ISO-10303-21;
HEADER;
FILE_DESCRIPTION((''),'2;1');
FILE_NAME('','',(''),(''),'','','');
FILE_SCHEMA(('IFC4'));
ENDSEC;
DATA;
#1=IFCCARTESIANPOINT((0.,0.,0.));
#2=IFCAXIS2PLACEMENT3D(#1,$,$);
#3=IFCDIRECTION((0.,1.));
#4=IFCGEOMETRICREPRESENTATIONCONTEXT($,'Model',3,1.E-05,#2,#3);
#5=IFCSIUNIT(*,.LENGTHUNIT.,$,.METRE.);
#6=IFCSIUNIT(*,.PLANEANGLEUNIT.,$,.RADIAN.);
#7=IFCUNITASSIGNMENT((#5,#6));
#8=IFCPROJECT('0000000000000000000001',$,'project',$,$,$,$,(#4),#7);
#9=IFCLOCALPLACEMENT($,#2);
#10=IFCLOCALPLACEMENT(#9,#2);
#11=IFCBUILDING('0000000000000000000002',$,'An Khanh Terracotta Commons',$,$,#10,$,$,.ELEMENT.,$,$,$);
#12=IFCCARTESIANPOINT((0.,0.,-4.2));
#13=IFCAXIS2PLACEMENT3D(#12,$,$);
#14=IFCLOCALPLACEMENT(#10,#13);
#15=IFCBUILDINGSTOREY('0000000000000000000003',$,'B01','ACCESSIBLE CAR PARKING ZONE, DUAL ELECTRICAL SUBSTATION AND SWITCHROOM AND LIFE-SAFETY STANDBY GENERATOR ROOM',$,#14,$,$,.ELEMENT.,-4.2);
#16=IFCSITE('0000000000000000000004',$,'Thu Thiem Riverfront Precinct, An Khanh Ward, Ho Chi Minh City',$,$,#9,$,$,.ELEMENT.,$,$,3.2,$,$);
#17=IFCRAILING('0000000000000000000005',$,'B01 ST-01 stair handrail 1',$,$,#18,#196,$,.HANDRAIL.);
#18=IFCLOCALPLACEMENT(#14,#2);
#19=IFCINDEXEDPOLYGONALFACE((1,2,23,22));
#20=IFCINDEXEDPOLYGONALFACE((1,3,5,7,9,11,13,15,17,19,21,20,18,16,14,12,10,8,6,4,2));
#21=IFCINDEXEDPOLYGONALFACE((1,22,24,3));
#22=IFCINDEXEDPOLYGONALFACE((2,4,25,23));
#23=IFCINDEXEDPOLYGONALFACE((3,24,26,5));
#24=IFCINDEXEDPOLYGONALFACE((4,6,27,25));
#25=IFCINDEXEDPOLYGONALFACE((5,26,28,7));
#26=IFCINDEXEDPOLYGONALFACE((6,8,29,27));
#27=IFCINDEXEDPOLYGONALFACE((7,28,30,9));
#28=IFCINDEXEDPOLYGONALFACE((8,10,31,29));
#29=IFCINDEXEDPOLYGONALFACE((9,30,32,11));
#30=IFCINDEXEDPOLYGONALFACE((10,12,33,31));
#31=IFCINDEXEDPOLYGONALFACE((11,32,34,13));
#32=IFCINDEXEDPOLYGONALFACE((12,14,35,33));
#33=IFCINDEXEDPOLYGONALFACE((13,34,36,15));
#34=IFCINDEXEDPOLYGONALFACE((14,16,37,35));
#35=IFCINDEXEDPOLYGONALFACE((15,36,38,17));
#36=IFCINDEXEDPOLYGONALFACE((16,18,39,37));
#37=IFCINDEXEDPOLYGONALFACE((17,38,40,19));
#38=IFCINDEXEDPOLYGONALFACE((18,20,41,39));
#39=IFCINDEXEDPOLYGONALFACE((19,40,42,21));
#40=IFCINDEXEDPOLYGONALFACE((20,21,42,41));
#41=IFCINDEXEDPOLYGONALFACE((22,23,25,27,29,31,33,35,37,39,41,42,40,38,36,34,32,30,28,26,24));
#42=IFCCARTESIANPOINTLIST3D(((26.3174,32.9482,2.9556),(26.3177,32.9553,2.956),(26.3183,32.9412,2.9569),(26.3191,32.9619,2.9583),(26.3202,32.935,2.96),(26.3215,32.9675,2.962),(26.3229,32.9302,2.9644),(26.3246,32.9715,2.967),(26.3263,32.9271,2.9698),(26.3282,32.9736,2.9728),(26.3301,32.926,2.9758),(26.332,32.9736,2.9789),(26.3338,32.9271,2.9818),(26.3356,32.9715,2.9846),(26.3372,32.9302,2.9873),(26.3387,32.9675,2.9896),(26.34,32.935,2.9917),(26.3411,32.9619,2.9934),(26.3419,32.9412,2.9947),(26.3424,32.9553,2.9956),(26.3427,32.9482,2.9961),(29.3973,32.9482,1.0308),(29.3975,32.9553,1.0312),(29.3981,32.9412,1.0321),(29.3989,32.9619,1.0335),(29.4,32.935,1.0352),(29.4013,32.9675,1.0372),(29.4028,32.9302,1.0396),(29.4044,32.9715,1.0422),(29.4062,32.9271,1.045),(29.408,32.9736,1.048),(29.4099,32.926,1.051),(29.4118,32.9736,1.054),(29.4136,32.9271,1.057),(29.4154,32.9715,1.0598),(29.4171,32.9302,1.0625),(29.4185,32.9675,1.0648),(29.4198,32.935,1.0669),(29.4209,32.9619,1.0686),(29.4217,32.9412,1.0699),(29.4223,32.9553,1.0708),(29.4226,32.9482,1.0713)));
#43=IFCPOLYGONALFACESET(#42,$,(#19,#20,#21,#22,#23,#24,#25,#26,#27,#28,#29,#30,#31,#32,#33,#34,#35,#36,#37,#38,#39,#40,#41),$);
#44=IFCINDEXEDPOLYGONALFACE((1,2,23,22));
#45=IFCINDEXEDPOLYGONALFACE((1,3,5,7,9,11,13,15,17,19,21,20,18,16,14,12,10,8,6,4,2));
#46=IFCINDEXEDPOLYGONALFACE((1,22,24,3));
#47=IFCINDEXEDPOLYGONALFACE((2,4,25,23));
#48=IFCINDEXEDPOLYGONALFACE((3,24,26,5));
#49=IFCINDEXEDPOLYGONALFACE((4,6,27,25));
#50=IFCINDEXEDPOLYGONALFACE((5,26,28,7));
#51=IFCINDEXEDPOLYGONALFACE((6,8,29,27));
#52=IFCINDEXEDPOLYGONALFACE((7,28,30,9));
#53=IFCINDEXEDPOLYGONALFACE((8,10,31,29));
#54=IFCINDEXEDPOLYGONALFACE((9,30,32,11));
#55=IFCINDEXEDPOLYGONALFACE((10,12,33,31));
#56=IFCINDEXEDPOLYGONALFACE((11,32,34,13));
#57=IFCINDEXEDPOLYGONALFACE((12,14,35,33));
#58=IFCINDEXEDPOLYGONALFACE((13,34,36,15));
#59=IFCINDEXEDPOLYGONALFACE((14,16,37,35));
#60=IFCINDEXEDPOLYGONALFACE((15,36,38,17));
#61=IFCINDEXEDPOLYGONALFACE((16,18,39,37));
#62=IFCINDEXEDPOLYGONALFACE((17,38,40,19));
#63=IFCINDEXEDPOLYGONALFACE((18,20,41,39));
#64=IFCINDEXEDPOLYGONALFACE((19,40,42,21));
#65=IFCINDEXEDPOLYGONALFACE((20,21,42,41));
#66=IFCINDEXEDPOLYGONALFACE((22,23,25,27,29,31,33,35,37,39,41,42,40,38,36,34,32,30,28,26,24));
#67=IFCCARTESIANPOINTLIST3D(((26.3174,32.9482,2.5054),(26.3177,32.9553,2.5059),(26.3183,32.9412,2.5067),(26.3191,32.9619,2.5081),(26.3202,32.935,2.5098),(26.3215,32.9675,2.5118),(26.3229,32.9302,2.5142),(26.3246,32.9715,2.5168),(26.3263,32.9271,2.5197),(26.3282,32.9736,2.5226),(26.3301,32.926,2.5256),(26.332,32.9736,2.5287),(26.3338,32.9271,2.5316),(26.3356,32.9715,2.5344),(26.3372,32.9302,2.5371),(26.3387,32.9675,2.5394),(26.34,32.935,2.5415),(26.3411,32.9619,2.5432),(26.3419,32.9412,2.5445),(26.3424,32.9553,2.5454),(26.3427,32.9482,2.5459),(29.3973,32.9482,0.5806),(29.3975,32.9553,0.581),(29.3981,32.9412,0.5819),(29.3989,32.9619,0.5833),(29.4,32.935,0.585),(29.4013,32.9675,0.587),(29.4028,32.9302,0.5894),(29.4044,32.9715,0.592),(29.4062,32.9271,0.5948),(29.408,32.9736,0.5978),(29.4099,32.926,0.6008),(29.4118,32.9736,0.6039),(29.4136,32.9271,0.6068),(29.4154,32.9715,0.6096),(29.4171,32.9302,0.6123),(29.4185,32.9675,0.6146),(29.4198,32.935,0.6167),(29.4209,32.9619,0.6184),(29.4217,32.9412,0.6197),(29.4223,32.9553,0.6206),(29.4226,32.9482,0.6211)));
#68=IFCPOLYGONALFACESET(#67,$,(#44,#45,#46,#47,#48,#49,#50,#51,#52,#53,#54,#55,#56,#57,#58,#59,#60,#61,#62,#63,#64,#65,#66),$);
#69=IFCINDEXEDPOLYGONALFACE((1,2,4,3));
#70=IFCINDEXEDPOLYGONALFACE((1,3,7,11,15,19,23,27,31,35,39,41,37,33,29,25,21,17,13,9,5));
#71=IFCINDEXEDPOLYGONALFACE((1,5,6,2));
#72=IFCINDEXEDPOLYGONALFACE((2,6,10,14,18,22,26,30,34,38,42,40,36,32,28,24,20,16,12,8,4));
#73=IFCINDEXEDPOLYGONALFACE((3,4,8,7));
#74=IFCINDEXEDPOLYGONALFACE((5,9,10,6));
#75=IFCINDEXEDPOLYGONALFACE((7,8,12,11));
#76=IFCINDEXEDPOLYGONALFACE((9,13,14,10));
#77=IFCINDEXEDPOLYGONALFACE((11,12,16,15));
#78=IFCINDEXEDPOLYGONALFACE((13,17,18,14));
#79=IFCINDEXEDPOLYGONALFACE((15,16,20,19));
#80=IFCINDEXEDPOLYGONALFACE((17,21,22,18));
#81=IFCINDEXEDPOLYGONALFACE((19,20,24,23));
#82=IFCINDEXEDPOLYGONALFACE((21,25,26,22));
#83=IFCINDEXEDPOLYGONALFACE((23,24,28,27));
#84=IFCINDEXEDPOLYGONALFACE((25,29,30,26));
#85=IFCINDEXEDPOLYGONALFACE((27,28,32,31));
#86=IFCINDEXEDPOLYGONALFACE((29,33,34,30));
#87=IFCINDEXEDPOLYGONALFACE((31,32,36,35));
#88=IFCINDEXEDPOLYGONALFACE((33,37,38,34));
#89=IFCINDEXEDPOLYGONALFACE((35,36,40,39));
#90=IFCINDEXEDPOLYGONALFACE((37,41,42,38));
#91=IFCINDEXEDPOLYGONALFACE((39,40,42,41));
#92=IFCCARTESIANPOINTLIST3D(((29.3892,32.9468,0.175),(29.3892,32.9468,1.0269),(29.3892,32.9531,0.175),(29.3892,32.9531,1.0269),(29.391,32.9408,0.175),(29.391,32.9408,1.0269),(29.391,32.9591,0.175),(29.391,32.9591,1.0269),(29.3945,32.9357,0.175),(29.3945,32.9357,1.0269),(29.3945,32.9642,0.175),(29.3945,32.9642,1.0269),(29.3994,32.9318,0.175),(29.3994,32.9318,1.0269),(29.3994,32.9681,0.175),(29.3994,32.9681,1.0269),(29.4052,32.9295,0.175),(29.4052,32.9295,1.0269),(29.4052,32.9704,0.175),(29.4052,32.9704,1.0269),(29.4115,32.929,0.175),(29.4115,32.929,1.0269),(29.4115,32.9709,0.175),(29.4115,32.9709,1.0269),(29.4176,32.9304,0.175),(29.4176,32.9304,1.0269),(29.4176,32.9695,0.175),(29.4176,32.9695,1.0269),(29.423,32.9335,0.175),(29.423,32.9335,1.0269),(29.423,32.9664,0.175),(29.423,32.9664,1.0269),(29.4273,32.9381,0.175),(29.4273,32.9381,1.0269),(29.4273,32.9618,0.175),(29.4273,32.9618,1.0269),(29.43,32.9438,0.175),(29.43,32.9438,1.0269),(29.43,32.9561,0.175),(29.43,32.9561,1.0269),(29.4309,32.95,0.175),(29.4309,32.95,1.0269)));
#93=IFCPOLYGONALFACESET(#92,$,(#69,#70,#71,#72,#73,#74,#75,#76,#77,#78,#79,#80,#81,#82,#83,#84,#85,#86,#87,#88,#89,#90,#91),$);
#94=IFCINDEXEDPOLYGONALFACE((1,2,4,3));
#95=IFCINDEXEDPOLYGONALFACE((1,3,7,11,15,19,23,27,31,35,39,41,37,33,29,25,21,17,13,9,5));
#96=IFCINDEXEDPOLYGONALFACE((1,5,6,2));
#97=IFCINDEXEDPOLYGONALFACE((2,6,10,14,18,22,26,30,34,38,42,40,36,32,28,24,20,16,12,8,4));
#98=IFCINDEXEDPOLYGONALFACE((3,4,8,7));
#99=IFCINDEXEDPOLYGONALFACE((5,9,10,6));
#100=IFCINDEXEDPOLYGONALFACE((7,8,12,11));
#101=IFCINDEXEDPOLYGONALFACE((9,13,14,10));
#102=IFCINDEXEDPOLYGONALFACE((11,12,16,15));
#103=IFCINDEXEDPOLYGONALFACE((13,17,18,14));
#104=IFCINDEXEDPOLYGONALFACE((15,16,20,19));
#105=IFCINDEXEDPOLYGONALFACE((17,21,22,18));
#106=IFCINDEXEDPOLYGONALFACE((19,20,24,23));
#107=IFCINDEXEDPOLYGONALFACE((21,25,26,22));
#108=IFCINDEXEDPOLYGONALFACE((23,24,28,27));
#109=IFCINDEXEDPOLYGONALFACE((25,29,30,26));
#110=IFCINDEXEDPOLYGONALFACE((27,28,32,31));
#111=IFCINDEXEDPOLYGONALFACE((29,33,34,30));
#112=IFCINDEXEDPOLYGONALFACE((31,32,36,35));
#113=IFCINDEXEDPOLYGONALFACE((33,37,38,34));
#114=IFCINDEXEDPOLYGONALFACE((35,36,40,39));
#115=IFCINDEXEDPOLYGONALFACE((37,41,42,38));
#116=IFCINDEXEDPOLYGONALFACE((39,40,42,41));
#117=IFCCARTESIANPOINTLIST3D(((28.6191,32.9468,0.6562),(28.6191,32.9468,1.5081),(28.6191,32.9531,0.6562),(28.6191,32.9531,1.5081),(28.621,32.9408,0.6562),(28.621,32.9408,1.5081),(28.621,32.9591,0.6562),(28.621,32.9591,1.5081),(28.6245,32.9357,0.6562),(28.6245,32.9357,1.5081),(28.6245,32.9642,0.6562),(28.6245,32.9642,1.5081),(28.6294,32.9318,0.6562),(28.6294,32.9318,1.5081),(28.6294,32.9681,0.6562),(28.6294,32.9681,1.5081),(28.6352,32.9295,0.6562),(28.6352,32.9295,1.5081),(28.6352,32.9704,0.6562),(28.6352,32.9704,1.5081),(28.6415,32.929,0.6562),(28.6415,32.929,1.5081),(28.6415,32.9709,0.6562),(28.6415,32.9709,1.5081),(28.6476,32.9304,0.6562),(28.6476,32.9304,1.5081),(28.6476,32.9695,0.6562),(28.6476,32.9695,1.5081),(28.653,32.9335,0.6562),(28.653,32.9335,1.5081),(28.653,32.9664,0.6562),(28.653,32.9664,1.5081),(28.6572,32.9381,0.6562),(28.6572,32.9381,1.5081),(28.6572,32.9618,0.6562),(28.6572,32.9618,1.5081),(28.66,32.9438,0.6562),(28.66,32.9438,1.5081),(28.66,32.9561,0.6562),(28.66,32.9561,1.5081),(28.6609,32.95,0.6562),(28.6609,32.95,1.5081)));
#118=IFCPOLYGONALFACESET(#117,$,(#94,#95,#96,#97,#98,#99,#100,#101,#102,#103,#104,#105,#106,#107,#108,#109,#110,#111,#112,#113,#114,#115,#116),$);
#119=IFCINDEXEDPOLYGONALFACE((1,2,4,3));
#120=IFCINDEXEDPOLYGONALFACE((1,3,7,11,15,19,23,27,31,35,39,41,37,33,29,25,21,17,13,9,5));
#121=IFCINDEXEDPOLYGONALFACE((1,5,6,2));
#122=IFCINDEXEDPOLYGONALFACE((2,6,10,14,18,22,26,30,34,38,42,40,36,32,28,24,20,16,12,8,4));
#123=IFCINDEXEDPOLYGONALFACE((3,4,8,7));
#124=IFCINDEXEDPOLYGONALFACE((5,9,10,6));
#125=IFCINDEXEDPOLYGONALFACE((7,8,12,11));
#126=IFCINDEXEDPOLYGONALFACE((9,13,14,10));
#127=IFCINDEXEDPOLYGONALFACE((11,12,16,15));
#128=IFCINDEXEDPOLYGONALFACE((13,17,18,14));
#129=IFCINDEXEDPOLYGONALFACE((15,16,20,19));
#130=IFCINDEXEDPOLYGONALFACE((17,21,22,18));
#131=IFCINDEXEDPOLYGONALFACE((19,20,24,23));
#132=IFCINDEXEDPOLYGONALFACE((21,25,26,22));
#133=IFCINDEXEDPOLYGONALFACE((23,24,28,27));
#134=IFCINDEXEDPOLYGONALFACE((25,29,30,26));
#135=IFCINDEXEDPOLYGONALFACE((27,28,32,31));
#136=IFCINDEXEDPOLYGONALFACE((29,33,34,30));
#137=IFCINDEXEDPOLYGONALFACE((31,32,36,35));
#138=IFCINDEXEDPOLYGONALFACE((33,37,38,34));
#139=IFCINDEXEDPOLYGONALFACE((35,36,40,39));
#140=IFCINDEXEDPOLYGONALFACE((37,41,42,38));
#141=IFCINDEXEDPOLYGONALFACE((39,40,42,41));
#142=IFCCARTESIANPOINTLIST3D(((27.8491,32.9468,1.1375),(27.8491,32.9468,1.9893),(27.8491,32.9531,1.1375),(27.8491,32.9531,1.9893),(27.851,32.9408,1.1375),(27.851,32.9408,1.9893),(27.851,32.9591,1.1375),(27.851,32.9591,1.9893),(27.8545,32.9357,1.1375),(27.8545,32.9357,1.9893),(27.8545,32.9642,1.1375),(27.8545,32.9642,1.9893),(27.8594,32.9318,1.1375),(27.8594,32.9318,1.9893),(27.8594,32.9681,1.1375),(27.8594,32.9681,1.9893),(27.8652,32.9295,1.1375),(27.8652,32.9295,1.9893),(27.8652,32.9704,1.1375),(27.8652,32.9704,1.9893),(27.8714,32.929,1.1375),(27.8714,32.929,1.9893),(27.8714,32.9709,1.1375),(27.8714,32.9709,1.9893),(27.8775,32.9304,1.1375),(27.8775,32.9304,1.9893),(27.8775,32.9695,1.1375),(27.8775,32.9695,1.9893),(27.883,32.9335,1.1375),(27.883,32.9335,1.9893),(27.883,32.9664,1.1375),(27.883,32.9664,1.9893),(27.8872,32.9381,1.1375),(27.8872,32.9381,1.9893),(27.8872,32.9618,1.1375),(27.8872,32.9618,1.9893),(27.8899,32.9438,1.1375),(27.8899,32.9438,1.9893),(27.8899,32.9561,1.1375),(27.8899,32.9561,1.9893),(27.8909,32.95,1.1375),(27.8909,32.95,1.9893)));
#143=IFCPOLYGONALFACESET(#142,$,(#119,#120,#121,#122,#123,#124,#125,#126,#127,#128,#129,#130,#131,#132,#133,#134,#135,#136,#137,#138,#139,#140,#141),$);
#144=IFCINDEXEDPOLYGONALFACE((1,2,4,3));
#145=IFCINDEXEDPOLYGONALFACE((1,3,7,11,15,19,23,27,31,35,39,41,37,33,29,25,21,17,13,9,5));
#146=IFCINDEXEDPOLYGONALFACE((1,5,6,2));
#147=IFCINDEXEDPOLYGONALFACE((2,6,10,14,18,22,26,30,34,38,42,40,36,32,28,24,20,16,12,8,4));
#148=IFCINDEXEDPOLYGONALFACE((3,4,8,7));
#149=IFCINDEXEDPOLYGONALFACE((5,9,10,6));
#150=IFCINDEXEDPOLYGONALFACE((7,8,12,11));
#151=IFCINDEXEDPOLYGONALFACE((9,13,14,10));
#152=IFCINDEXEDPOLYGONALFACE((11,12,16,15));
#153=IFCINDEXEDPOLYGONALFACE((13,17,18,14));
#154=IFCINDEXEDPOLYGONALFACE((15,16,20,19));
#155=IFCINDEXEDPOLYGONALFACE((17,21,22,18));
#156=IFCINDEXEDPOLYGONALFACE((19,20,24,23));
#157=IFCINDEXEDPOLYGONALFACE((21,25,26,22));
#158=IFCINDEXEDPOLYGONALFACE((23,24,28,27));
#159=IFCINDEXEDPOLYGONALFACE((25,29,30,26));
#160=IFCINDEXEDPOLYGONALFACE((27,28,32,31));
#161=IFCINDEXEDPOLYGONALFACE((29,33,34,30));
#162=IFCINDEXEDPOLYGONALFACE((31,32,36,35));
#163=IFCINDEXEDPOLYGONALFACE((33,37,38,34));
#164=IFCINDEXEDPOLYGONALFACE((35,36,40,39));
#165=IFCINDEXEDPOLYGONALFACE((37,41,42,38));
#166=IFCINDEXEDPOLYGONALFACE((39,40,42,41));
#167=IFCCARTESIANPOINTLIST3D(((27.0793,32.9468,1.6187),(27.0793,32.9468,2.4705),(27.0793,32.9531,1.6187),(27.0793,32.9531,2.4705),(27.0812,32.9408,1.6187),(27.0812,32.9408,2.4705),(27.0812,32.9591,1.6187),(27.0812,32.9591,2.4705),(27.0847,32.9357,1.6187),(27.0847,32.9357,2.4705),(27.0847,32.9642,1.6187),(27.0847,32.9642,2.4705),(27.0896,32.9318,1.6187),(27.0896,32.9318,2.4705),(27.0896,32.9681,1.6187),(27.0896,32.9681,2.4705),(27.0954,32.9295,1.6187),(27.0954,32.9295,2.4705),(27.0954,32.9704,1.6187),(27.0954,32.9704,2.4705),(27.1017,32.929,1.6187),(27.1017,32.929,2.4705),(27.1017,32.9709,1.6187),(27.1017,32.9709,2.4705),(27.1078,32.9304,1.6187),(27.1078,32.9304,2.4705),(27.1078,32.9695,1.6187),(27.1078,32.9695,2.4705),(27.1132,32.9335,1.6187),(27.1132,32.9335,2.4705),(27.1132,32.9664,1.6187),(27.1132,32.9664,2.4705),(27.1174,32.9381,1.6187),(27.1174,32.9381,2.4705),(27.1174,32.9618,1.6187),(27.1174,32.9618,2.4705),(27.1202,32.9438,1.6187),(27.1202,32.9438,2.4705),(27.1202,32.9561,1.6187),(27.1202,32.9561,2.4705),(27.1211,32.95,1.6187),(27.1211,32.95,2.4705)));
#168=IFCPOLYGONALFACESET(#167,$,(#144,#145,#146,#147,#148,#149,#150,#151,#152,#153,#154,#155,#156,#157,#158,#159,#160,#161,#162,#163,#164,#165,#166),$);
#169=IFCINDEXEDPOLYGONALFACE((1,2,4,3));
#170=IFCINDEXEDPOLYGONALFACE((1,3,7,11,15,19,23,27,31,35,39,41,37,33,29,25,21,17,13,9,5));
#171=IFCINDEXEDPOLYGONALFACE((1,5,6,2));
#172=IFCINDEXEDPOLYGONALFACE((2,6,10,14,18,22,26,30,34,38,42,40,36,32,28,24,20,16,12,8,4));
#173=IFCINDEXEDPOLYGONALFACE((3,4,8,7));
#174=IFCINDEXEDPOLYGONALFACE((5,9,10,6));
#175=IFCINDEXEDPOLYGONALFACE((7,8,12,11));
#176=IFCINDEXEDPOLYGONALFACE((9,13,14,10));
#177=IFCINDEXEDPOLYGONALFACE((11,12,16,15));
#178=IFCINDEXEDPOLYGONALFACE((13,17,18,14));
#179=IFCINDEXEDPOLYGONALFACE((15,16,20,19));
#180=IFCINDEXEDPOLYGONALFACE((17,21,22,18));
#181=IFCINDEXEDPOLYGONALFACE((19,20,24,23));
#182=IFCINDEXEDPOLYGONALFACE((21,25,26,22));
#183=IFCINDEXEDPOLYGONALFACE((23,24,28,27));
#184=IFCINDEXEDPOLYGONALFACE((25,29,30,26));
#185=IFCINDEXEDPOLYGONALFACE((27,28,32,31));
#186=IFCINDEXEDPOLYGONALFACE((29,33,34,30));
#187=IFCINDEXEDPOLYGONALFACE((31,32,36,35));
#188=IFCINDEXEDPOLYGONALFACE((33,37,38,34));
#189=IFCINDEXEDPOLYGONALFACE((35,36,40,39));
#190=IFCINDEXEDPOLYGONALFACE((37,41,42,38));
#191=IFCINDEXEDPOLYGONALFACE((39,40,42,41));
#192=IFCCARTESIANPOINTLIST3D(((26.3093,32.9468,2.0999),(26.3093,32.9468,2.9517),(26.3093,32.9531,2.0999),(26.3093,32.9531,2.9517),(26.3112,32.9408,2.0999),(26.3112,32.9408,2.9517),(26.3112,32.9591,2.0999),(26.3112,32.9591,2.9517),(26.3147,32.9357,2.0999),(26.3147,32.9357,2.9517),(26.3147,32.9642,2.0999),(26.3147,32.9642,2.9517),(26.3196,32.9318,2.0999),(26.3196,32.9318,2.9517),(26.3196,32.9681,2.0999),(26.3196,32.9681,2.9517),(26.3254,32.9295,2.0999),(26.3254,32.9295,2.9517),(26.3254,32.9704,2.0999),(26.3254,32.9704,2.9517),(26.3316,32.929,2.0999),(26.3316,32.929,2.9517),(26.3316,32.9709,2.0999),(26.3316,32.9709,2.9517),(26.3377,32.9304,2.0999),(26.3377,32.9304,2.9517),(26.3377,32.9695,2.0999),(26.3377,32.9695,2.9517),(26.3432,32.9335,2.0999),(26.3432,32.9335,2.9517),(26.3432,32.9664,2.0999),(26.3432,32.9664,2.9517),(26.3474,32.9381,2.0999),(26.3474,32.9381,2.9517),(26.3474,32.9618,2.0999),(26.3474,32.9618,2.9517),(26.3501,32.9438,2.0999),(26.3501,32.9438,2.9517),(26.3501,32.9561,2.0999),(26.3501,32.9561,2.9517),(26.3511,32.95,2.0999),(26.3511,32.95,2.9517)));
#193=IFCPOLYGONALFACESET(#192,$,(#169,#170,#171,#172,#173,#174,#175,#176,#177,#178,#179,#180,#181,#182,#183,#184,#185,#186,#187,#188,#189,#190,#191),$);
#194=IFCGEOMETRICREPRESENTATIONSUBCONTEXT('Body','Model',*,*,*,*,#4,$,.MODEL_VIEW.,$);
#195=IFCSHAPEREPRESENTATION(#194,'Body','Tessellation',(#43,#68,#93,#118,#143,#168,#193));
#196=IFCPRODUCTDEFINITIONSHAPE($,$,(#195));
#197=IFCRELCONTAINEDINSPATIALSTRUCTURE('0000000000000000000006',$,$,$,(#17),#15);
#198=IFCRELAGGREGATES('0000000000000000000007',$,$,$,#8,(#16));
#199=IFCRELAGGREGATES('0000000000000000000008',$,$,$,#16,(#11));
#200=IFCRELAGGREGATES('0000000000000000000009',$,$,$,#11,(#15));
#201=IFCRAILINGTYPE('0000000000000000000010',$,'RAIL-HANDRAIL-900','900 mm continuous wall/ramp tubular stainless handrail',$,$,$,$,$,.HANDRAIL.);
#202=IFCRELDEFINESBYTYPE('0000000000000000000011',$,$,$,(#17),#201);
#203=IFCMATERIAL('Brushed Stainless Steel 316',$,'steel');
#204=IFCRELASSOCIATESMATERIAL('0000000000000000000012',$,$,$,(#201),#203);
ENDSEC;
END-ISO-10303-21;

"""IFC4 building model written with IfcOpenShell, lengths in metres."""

from ifc_helpers import new_model, si_unit, direction, frame, origin, origin_2d, place, context, subcontext, project, spatial, circle, extrude, material, type_object, element, save


model = new_model("IFC4")

# Units and contexts
model_context = context("Model", 3, precision=1e-05, world=origin(), true_north=direction((0.0, 1.0)))
body_context = subcontext(model_context, "Body", "Model", "MODEL_VIEW")
ifc_project = project(units=[si_unit("LENGTHUNIT", "METRE"), si_unit("PLANEANGLEUNIT", "RADIAN")], contexts=[model_context])

# Site, building, storey
site_placement = place(None, origin())
site = spatial("IfcSite", under=ifc_project, at=site_placement, Name="Thu Thiem Riverfront Precinct, An Khanh Ward, Ho Chi Minh City", CompositionType="ELEMENT", RefElevation=3.2)
building_placement = place(site_placement, origin())
building = spatial("IfcBuilding", under=site, at=building_placement, Name="An Khanh Terracotta Commons", CompositionType="ELEMENT")
storey_placement = place(building_placement, frame((0.0, 0.0, -4.2)))
storey = spatial("IfcBuildingStorey", under=building, at=storey_placement, Name="B01", Description="ACCESSIBLE CAR PARKING ZONE, DUAL ELECTRICAL SUBSTATION AND SWITCHROOM AND LIFE-SAFETY STANDBY GENERATOR ROOM", CompositionType="ELEMENT", Elevation=-4.2)

# Railing
ifc_material_1 = material(Name="Brushed Stainless Steel 316", Category="steel")
railing_type_1 = type_object("IfcRailingType", Name="RAIL-HANDRAIL-900", Description="900 mm continuous wall/ramp tubular stainless handrail", PredefinedType="HANDRAIL", material=ifc_material_1)
railing_1_placement = place(storey_placement, frame((29.4099, 32.95, 0.175)))
element("IfcRailing", 1, at=railing_1_placement, inside=storey, type_object=railing_type_1, Name="B01 ST-01 stair handrail 1", PredefinedType="HANDRAIL", context=body_context, shape_type="SweptSolid", body=[
    extrude(circle(Radius=0.0239, at=origin_2d()), frame((0.0, 0.0, 0.876), z_axis=(-0.84801, 0.0, 0.529981), x_axis=(0.0, -1.0, 0.0)), (0.0, 0.0, 1.0), 3.6318),
    extrude(circle(Radius=0.0239, at=origin_2d()), frame((0.0, 0.0, 0.4258), z_axis=(-0.84801, 0.0, 0.529981), x_axis=(0.0, -1.0, 0.0)), (0.0, 0.0, 1.0), 3.6318),
    extrude(circle(Radius=0.021, at=origin_2d()), origin(), (0.0, 0.0, 1.0), 0.8518),
    extrude(circle(Radius=0.021, at=origin_2d()), frame((-0.77, 0.0, 0.4812)), (0.0, 0.0, 1.0), 0.8518),
    extrude(circle(Radius=0.021, at=origin_2d()), frame((-1.54, 0.0, 0.9624)), (0.0, 0.0, 1.0), 0.8518),
    extrude(circle(Radius=0.021, at=origin_2d()), frame((-2.3098, 0.0, 1.4436)), (0.0, 0.0, 1.0), 0.8518),
    extrude(circle(Radius=0.021, at=origin_2d()), frame((-3.0798, 0.0, 1.9248)), (0.0, 0.0, 1.0), 0.8518),
])

save(model, "model.ifc")
